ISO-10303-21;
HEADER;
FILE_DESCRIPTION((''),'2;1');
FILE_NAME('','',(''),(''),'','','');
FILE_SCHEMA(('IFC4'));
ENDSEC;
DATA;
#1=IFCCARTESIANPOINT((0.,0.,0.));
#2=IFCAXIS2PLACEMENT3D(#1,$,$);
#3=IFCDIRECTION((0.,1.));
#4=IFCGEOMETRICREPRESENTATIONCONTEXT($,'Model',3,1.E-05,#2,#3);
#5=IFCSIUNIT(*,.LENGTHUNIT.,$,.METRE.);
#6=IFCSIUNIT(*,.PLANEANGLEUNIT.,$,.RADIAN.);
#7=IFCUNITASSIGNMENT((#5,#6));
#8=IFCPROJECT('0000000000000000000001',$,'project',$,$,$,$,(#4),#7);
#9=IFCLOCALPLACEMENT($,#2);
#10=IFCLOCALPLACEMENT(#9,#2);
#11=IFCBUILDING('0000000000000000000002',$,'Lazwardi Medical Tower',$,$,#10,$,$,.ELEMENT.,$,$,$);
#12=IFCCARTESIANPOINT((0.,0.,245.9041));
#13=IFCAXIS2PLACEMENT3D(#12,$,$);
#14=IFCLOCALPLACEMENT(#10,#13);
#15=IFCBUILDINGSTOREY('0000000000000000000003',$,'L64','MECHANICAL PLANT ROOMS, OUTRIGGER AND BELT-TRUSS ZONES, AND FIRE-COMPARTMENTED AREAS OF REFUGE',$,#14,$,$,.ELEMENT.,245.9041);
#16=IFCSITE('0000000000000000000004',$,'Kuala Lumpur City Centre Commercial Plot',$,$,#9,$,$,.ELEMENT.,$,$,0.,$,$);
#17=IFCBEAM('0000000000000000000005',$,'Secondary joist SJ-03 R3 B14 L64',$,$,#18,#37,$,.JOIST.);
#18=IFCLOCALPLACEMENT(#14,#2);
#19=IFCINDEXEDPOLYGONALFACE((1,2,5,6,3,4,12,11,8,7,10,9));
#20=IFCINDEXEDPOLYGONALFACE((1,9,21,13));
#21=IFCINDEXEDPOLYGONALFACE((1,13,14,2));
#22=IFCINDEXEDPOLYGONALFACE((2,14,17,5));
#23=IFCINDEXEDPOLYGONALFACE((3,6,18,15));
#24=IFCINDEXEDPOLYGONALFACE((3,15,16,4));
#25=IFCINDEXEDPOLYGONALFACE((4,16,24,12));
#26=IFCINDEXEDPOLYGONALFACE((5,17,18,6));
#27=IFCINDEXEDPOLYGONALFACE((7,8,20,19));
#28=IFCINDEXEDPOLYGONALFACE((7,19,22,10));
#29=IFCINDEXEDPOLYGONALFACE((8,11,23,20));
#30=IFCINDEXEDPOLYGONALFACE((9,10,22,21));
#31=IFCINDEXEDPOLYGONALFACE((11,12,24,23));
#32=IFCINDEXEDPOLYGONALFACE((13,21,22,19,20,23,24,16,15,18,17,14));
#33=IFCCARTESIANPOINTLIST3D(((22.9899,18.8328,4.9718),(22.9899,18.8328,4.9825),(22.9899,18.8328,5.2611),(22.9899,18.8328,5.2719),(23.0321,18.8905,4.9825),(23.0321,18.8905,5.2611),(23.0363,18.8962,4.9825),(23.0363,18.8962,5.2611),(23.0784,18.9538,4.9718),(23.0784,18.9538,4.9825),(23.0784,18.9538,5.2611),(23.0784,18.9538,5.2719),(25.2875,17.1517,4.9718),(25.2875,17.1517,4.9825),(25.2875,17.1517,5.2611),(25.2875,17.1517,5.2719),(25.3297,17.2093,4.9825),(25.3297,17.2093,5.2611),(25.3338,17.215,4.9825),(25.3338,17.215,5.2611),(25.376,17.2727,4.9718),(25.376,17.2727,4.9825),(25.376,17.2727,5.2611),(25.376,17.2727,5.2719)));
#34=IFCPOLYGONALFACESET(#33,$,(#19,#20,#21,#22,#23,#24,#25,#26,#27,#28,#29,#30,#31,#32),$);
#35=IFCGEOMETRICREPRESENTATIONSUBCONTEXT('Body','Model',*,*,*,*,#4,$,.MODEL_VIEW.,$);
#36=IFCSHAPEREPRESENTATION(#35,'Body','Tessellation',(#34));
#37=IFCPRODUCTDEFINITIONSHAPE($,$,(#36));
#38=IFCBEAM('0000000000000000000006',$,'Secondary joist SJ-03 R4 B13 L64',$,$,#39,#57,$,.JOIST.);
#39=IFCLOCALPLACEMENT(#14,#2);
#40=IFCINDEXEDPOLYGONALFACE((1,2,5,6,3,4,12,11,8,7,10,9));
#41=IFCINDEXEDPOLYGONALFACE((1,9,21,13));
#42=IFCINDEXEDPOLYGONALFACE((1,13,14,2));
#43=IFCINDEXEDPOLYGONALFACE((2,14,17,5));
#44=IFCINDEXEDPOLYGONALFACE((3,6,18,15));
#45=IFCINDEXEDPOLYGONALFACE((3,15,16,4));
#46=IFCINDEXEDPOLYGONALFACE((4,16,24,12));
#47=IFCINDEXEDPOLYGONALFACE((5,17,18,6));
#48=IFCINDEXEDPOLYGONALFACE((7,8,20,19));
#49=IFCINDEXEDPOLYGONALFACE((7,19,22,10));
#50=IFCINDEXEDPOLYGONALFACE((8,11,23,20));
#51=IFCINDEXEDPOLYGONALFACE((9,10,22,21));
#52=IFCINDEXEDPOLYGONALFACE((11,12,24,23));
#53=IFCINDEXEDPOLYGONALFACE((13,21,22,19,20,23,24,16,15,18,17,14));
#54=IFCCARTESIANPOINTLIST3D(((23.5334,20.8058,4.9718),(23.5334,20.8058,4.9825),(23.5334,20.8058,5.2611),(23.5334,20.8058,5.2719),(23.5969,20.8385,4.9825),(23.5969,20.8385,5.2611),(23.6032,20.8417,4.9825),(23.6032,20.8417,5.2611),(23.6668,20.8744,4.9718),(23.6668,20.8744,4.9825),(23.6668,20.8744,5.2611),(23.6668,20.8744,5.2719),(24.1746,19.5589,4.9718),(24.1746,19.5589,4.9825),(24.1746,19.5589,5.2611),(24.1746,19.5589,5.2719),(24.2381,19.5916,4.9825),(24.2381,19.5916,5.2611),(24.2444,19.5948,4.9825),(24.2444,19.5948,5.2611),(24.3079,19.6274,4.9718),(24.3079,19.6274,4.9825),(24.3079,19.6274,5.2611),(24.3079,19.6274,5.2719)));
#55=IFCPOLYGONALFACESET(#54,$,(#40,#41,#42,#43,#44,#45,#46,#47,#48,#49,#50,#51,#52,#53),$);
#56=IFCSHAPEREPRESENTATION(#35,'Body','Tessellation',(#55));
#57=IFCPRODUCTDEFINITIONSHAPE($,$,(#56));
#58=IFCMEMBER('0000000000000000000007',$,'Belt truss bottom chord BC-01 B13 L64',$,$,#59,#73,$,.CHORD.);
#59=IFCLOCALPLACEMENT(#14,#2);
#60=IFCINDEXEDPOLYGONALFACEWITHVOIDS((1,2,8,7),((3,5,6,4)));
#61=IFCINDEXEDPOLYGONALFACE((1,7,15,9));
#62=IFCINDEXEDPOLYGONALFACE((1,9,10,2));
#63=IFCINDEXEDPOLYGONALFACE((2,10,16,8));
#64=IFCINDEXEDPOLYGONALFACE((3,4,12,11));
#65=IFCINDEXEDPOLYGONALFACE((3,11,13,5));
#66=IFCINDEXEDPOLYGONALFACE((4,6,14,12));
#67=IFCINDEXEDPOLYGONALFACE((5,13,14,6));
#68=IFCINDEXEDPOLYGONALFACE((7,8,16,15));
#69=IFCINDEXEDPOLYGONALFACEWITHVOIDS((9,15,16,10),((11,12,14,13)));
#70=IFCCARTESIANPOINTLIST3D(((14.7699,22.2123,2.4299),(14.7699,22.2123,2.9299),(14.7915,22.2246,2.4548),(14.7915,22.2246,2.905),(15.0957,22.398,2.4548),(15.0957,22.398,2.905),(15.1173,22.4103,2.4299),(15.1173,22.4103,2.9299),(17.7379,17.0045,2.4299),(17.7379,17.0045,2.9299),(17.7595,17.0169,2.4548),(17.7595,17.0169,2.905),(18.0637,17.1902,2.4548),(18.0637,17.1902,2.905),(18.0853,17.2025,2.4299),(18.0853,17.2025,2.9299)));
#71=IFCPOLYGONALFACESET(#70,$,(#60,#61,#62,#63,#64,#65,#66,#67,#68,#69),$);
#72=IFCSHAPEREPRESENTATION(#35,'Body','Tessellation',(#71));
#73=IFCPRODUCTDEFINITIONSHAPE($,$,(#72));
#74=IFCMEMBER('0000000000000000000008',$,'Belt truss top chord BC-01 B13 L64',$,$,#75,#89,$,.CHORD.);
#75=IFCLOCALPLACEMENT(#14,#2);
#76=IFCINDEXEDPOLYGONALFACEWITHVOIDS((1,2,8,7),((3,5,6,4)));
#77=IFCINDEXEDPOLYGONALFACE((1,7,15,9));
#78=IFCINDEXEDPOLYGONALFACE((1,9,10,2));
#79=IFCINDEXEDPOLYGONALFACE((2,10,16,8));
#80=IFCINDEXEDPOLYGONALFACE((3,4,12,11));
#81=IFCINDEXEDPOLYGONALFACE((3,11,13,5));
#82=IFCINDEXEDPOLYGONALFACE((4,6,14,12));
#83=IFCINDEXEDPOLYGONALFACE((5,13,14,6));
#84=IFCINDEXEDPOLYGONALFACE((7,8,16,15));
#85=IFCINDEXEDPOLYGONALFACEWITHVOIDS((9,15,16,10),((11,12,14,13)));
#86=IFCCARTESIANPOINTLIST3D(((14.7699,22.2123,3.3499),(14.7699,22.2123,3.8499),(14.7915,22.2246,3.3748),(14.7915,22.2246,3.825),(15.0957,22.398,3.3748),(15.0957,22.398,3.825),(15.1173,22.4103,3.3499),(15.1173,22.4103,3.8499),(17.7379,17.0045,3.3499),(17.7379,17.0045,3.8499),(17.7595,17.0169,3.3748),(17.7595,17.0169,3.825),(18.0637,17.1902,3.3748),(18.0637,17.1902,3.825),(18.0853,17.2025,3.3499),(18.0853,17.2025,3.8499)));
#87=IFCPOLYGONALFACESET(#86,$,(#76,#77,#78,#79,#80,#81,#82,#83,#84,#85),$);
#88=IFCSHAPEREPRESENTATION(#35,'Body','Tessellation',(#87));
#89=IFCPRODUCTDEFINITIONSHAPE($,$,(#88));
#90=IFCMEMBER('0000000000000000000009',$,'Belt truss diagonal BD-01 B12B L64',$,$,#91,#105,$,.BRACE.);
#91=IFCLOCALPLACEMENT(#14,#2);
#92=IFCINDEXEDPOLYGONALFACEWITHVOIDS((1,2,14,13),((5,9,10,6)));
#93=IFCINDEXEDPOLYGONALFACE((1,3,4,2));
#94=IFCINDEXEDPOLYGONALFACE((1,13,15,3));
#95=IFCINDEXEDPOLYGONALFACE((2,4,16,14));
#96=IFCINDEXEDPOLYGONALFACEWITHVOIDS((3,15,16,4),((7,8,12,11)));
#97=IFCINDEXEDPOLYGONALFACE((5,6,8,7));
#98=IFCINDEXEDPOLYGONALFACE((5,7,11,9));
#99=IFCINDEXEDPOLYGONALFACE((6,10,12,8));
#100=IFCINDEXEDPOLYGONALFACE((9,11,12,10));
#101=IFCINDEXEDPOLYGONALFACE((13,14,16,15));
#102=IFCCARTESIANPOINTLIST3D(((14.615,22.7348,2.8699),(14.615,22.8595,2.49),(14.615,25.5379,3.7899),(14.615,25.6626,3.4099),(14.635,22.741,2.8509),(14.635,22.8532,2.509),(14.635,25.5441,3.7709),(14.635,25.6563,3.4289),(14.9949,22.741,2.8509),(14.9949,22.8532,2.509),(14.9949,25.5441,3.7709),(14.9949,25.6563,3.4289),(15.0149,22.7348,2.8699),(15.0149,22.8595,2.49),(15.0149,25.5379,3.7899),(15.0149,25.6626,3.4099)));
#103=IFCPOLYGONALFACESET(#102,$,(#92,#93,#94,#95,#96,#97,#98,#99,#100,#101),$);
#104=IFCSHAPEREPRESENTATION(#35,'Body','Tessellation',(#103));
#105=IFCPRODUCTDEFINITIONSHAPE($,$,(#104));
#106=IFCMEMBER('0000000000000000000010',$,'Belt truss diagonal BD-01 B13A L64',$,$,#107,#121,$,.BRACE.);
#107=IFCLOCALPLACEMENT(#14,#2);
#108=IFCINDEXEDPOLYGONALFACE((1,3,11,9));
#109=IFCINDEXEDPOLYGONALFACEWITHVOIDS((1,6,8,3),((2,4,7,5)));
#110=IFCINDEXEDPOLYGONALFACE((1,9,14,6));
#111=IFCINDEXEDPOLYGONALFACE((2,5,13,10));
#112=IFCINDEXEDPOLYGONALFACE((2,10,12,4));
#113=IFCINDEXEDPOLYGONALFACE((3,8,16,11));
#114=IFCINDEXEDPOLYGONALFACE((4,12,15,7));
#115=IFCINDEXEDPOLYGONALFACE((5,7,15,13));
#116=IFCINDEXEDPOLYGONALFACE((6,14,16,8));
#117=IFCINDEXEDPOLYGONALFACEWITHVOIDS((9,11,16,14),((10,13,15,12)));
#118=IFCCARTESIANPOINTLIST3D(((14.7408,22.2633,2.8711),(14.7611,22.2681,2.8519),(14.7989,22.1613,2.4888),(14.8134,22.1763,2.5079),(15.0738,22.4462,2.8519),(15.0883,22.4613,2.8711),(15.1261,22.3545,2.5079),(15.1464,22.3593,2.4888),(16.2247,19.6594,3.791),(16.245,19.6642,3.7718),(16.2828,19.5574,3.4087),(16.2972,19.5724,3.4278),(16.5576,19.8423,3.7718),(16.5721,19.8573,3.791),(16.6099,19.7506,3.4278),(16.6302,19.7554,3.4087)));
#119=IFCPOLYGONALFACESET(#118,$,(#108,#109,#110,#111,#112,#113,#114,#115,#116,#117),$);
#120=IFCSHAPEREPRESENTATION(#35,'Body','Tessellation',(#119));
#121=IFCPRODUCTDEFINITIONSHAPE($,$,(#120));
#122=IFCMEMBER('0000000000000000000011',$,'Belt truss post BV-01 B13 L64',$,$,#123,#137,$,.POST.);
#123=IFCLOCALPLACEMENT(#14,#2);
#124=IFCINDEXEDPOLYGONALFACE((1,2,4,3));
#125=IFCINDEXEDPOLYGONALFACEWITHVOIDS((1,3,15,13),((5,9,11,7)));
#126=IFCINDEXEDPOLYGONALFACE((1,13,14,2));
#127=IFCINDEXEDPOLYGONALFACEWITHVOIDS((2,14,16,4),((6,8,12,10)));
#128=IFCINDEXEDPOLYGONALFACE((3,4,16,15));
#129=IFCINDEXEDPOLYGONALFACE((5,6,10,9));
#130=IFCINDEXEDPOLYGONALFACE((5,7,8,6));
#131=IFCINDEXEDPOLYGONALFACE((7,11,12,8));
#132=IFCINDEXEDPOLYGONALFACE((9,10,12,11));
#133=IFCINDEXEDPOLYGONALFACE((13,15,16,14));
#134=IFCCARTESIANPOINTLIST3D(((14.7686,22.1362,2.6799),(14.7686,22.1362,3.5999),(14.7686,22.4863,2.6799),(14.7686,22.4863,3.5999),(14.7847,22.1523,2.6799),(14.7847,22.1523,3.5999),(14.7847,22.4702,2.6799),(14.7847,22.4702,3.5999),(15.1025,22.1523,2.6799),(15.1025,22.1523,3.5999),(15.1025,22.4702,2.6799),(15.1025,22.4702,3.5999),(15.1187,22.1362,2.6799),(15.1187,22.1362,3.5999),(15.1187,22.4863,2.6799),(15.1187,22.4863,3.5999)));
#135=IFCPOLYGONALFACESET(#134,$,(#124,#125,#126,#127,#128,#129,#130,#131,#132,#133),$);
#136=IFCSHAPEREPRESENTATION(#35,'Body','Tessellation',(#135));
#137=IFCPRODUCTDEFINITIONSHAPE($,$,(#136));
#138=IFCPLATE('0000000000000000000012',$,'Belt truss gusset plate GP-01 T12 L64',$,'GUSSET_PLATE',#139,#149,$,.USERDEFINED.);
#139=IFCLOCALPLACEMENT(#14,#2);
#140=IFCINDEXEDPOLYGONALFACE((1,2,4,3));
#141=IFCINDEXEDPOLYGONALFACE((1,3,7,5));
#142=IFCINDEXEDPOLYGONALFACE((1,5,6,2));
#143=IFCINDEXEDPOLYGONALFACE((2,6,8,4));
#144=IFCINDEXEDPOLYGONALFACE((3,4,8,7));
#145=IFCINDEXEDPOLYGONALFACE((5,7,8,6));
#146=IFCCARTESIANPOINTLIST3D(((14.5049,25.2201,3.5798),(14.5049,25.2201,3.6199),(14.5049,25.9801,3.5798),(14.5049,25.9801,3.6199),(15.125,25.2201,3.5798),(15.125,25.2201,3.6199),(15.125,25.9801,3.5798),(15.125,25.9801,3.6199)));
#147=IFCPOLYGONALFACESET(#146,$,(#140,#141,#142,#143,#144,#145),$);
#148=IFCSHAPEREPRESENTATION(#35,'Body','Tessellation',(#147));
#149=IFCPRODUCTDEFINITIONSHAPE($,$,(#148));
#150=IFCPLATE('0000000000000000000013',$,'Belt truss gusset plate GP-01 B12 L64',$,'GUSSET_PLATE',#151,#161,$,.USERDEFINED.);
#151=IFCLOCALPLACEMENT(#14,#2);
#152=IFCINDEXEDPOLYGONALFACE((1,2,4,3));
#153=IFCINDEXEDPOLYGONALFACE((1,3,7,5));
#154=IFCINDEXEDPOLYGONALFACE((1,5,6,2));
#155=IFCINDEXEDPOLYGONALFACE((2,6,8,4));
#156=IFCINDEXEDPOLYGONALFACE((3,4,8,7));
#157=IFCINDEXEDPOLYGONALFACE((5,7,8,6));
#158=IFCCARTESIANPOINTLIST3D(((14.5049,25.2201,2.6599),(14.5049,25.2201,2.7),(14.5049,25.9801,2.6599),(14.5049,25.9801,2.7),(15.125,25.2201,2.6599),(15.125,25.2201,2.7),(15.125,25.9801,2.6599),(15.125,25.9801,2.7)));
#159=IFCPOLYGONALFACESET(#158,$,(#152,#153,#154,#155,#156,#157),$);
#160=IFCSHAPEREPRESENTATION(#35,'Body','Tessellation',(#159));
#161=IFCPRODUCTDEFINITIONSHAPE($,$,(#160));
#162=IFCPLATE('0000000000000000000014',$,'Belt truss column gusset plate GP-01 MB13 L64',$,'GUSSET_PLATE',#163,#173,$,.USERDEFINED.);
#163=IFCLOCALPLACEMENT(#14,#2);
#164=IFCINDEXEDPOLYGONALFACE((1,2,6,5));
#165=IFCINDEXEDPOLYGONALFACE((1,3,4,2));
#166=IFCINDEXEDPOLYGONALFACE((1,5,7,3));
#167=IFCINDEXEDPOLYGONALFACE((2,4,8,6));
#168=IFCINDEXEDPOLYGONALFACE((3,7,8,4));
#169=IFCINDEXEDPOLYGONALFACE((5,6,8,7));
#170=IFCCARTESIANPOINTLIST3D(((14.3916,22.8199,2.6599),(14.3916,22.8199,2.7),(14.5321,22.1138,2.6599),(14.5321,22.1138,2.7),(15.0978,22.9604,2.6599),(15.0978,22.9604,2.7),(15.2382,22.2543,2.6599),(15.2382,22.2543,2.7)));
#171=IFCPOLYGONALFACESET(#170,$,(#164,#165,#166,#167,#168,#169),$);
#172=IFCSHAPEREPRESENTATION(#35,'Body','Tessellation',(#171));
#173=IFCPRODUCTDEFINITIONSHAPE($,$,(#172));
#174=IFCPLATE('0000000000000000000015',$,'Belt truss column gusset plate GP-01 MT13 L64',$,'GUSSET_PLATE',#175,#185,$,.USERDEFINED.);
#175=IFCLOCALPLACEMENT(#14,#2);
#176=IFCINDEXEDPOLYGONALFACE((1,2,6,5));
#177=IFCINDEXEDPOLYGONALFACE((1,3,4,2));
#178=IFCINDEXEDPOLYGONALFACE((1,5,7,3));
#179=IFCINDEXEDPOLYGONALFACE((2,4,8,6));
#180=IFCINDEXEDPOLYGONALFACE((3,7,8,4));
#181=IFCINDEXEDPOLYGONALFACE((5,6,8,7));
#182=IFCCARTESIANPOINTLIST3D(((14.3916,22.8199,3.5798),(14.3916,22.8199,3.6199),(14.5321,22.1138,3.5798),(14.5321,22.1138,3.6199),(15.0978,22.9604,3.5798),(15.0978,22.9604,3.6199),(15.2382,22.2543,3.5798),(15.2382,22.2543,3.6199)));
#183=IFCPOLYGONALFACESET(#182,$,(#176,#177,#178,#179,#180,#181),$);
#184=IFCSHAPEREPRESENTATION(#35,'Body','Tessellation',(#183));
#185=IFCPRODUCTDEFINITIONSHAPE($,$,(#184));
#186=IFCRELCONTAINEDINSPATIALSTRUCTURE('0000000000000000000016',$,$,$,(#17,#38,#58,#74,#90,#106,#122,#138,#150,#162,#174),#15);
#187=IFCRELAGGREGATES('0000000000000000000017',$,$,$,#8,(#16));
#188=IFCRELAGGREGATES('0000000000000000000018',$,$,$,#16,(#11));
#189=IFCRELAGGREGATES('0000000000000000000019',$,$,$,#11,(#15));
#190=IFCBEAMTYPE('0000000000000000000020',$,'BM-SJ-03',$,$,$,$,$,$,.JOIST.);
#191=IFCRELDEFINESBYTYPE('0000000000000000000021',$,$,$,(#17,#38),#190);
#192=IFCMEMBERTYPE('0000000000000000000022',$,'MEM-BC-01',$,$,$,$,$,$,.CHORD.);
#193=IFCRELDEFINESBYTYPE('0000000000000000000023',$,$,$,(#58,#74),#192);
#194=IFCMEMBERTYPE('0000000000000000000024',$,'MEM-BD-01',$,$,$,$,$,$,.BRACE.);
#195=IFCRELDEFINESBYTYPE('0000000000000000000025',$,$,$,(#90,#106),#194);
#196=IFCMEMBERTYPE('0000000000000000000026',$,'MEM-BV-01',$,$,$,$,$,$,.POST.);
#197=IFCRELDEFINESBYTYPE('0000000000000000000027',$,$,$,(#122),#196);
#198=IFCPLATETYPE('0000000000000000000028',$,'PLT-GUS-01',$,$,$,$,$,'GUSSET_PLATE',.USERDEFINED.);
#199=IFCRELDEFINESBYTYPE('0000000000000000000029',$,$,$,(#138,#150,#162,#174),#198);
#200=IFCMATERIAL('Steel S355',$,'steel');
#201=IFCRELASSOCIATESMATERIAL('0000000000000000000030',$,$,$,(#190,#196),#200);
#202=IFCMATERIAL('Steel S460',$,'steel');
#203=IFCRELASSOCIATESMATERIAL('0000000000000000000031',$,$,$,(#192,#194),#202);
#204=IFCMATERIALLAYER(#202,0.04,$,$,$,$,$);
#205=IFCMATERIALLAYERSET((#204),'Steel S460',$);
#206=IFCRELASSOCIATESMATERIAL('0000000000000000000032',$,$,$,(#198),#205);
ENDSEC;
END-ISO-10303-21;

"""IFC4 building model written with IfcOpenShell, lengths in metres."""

from ifc_helpers import new_model, si_unit, direction, frame, origin, origin_2d, place, context, subcontext, project, spatial, rectangle, hollow_rectangle, i_section, extrude, material, layer, layer_set, material_profile, profile_set, type_object, element, save


model = new_model("IFC4")

# Units and contexts
model_context = context("Model", 3, precision=1e-05, world=origin(), true_north=direction((0.0, 1.0)))
body_context = subcontext(model_context, "Body", "Model", "MODEL_VIEW")
ifc_project = project(units=[si_unit("LENGTHUNIT", "METRE"), si_unit("PLANEANGLEUNIT", "RADIAN")], contexts=[model_context])

# Site, building, storey
site_placement = place(None, origin())
site = spatial("IfcSite", under=ifc_project, at=site_placement, Name="Kuala Lumpur City Centre Commercial Plot", CompositionType="ELEMENT", RefElevation=0.0)
building_placement = place(site_placement, origin())
building = spatial("IfcBuilding", under=site, at=building_placement, Name="Lazwardi Medical Tower", CompositionType="ELEMENT")
storey_placement = place(building_placement, frame((0.0, 0.0, 245.9041)))
storey = spatial("IfcBuildingStorey", under=building, at=storey_placement, Name="L64", Description="MECHANICAL PLANT ROOMS, OUTRIGGER AND BELT-TRUSS ZONES, AND FIRE-COMPARTMENTED AREAS OF REFUGE", CompositionType="ELEMENT", Elevation=245.9041)

# Beams
ifc_material_1 = material(Name="Steel S355", Category="steel")
ifc_material_profile_1 = material_profile(ifc_material_1, i_section(OverallWidth=0.1499, OverallDepth=0.3, WebThickness=0.0071, FlangeThickness=0.0107, at=origin_2d()), Name="IPE 300")
ifc_profile_set_1 = profile_set([ifc_material_profile_1], Name="Steel S355")
beam_type_1 = type_object("IfcBeamType", Name="BM-SJ-03", PredefinedType="JOIST", material=ifc_profile_set_1)
beam_1_placement = place(storey_placement, frame((23.0342, 18.8933, 5.1218), z_axis=(0.807034, -0.590505, 0.0), x_axis=(0.590505, 0.807034, 0.0)))
element("IfcBeam", 1, at=beam_1_placement, inside=storey, type_object=beam_type_1, Name="Secondary joist SJ-03 R3 B14 L64", PredefinedType="JOIST", context=body_context, shape_type="SweptSolid", body=[
    extrude(i_section(OverallWidth=0.1499, OverallDepth=0.3, WebThickness=0.0071, FlangeThickness=0.0107, at=origin_2d()), origin(), (0.0, 0.0, 1.0), 2.8469),
])
beam_2_placement = place(storey_placement, frame((23.6001, 20.8401, 5.1218), z_axis=(0.457285, -0.88932, 0.0), x_axis=(0.88932, 0.457285, 0.0)))
element("IfcBeam", 2, at=beam_2_placement, inside=storey, type_object=beam_type_1, Name="Secondary joist SJ-03 R4 B13 L64", PredefinedType="JOIST", context=body_context, shape_type="SweptSolid", body=[
    extrude(i_section(OverallWidth=0.1499, OverallDepth=0.3, WebThickness=0.0071, FlangeThickness=0.0107, at=origin_2d()), origin(), (0.0, 0.0, 1.0), 1.4021),
])

# Members
ifc_material_2 = material(Name="Steel S460", Category="steel")
ifc_material_profile_2 = material_profile(ifc_material_2, hollow_rectangle(XDim=0.3999, YDim=0.5, WallThickness=0.0249, at=origin_2d()), Name="RHS 500x400x25")
ifc_profile_set_2 = profile_set([ifc_material_profile_2], Name="Steel S460")
member_type_1 = type_object("IfcMemberType", Name="MEM-BC-01", PredefinedType="CHORD", material=ifc_profile_set_2)
for number, where, z_axis, x_axis, name in (
    (3, (14.9436, 22.3113, 2.6799), (0.495152, -0.868807, 0.0), (0.868807, 0.495152, 0.0), "Belt truss bottom chord BC-01 B13 L64"),
    (4, (14.9436, 22.3113, 3.5999), (0.495152, -0.868807, 0.0), (0.868807, 0.495152, 0.0), "Belt truss top chord BC-01 B13 L64"),
):
    element("IfcMember", number, at=place(storey_placement, frame(where, z_axis=z_axis, x_axis=x_axis)), inside=storey, type_object=member_type_1, Name=name, PredefinedType="CHORD", context=body_context, shape_type="SweptSolid", body=[
        extrude(hollow_rectangle(XDim=0.3999, YDim=0.5, WallThickness=0.0249, at=origin_2d()), origin(), (0.0, 0.0, 1.0), 5.9941),
    ])
ifc_material_profile_3 = material_profile(ifc_material_2, hollow_rectangle(XDim=0.3999, YDim=0.3999, WallThickness=0.02, at=origin_2d()), Name="RHS 400x400x20")
ifc_profile_set_3 = profile_set([ifc_material_profile_3], Name="Steel S460")
member_type_2 = type_object("IfcMemberType", Name="MEM-BD-01", PredefinedType="BRACE", material=ifc_profile_set_3)
member_1_placement = place(storey_placement, frame((14.8149, 22.7971, 2.6799), z_axis=(0.0, 0.950138, 0.31183), x_axis=(-1.0, 0.0, 0.0)))
element("IfcMember", 5, at=member_1_placement, inside=storey, type_object=member_type_2, Name="Belt truss diagonal BD-01 B12B L64", PredefinedType="BRACE", context=body_context, shape_type="SweptSolid", body=[
    extrude(hollow_rectangle(XDim=0.3999, YDim=0.3999, WallThickness=0.02, at=origin_2d()), origin(), (0.0, 0.0, 1.0), 2.9502),
])
member_2_placement = place(storey_placement, frame((14.9436, 22.3113, 2.6799), z_axis=(0.47331, -0.83059, 0.293424), x_axis=(0.868834, 0.495103, 0.0)))
element("IfcMember", 6, at=member_2_placement, inside=storey, type_object=member_type_2, Name="Belt truss diagonal BD-01 B13A L64", PredefinedType="BRACE", context=body_context, shape_type="SweptSolid", body=[
    extrude(hollow_rectangle(XDim=0.3999, YDim=0.3999, WallThickness=0.02, at=origin_2d()), origin(), (0.0, 0.0, 1.0), 3.135),
])
ifc_material_profile_4 = material_profile(ifc_material_1, hollow_rectangle(XDim=0.3501, YDim=0.3501, WallThickness=0.0161, at=origin_2d()), Name="RHS 350x350x16")
ifc_profile_set_4 = profile_set([ifc_material_profile_4], Name="Steel S355")
member_type_3 = type_object("IfcMemberType", Name="MEM-BV-01", PredefinedType="POST", material=ifc_profile_set_4)
member_3_placement = place(storey_placement, frame((14.9436, 22.3113, 2.6799), z_axis=(0.0, 0.0, 1.0), x_axis=(1.0, 0.0, 0.0)))
element("IfcMember", 7, at=member_3_placement, inside=storey, type_object=member_type_3, Name="Belt truss post BV-01 B13 L64", PredefinedType="POST", context=body_context, shape_type="SweptSolid", body=[
    extrude(hollow_rectangle(XDim=0.3501, YDim=0.3501, WallThickness=0.0161, at=origin_2d()), origin(), (0.0, 0.0, 1.0), 0.9199),
])

# Plates
ifc_layer_1 = layer(ifc_material_2, 0.04)
ifc_layer_set_1 = layer_set([ifc_layer_1], Name="Steel S460")
plate_type = type_object("IfcPlateType", Name="PLT-GUS-01", ElementType="GUSSET_PLATE", PredefinedType="USERDEFINED", material=ifc_layer_set_1)
for number, where, z_axis, x_axis, name in (
    (8, (14.8149, 25.6001, 3.5798), (0.0, 0.0, 1.0), (0.0, -1.0, 0.0), "Belt truss gusset plate GP-01 T12 L64"),
    (9, (14.8149, 25.6001, 2.6599), (0.0, 0.0, 1.0), (0.0, -1.0, 0.0), "Belt truss gusset plate GP-01 B12 L64"),
):
    element("IfcPlate", number, at=place(storey_placement, frame(where, z_axis=z_axis, x_axis=x_axis)), inside=storey, type_object=plate_type, Name=name, ObjectType="GUSSET_PLATE", PredefinedType="USERDEFINED", context=body_context, shape_type="SweptSolid", body=[
        extrude(rectangle(XDim=0.76, YDim=0.6201, at=origin_2d()), origin(), (0.0, 0.0, 1.0), 0.04),
    ])
for number, where, z_axis, x_axis, name in (
    (10, (14.8149, 22.5371, 2.6599), (0.0, 0.0, 1.0), (-0.980785, -0.19509, 0.0), "Belt truss column gusset plate GP-01 MB13 L64"),
    (11, (14.8149, 22.5371, 3.5798), (0.0, 0.0, 1.0), (-0.980785, -0.19509, 0.0), "Belt truss column gusset plate GP-01 MT13 L64"),
):
    element("IfcPlate", number, at=place(storey_placement, frame(where, z_axis=z_axis, x_axis=x_axis)), inside=storey, type_object=plate_type, Name=name, ObjectType="GUSSET_PLATE", PredefinedType="USERDEFINED", context=body_context, shape_type="SweptSolid", body=[
        extrude(rectangle(XDim=0.72, YDim=0.72, at=origin_2d()), origin(), (0.0, 0.0, 1.0), 0.04),
    ])

save(model, "model.ifc")
